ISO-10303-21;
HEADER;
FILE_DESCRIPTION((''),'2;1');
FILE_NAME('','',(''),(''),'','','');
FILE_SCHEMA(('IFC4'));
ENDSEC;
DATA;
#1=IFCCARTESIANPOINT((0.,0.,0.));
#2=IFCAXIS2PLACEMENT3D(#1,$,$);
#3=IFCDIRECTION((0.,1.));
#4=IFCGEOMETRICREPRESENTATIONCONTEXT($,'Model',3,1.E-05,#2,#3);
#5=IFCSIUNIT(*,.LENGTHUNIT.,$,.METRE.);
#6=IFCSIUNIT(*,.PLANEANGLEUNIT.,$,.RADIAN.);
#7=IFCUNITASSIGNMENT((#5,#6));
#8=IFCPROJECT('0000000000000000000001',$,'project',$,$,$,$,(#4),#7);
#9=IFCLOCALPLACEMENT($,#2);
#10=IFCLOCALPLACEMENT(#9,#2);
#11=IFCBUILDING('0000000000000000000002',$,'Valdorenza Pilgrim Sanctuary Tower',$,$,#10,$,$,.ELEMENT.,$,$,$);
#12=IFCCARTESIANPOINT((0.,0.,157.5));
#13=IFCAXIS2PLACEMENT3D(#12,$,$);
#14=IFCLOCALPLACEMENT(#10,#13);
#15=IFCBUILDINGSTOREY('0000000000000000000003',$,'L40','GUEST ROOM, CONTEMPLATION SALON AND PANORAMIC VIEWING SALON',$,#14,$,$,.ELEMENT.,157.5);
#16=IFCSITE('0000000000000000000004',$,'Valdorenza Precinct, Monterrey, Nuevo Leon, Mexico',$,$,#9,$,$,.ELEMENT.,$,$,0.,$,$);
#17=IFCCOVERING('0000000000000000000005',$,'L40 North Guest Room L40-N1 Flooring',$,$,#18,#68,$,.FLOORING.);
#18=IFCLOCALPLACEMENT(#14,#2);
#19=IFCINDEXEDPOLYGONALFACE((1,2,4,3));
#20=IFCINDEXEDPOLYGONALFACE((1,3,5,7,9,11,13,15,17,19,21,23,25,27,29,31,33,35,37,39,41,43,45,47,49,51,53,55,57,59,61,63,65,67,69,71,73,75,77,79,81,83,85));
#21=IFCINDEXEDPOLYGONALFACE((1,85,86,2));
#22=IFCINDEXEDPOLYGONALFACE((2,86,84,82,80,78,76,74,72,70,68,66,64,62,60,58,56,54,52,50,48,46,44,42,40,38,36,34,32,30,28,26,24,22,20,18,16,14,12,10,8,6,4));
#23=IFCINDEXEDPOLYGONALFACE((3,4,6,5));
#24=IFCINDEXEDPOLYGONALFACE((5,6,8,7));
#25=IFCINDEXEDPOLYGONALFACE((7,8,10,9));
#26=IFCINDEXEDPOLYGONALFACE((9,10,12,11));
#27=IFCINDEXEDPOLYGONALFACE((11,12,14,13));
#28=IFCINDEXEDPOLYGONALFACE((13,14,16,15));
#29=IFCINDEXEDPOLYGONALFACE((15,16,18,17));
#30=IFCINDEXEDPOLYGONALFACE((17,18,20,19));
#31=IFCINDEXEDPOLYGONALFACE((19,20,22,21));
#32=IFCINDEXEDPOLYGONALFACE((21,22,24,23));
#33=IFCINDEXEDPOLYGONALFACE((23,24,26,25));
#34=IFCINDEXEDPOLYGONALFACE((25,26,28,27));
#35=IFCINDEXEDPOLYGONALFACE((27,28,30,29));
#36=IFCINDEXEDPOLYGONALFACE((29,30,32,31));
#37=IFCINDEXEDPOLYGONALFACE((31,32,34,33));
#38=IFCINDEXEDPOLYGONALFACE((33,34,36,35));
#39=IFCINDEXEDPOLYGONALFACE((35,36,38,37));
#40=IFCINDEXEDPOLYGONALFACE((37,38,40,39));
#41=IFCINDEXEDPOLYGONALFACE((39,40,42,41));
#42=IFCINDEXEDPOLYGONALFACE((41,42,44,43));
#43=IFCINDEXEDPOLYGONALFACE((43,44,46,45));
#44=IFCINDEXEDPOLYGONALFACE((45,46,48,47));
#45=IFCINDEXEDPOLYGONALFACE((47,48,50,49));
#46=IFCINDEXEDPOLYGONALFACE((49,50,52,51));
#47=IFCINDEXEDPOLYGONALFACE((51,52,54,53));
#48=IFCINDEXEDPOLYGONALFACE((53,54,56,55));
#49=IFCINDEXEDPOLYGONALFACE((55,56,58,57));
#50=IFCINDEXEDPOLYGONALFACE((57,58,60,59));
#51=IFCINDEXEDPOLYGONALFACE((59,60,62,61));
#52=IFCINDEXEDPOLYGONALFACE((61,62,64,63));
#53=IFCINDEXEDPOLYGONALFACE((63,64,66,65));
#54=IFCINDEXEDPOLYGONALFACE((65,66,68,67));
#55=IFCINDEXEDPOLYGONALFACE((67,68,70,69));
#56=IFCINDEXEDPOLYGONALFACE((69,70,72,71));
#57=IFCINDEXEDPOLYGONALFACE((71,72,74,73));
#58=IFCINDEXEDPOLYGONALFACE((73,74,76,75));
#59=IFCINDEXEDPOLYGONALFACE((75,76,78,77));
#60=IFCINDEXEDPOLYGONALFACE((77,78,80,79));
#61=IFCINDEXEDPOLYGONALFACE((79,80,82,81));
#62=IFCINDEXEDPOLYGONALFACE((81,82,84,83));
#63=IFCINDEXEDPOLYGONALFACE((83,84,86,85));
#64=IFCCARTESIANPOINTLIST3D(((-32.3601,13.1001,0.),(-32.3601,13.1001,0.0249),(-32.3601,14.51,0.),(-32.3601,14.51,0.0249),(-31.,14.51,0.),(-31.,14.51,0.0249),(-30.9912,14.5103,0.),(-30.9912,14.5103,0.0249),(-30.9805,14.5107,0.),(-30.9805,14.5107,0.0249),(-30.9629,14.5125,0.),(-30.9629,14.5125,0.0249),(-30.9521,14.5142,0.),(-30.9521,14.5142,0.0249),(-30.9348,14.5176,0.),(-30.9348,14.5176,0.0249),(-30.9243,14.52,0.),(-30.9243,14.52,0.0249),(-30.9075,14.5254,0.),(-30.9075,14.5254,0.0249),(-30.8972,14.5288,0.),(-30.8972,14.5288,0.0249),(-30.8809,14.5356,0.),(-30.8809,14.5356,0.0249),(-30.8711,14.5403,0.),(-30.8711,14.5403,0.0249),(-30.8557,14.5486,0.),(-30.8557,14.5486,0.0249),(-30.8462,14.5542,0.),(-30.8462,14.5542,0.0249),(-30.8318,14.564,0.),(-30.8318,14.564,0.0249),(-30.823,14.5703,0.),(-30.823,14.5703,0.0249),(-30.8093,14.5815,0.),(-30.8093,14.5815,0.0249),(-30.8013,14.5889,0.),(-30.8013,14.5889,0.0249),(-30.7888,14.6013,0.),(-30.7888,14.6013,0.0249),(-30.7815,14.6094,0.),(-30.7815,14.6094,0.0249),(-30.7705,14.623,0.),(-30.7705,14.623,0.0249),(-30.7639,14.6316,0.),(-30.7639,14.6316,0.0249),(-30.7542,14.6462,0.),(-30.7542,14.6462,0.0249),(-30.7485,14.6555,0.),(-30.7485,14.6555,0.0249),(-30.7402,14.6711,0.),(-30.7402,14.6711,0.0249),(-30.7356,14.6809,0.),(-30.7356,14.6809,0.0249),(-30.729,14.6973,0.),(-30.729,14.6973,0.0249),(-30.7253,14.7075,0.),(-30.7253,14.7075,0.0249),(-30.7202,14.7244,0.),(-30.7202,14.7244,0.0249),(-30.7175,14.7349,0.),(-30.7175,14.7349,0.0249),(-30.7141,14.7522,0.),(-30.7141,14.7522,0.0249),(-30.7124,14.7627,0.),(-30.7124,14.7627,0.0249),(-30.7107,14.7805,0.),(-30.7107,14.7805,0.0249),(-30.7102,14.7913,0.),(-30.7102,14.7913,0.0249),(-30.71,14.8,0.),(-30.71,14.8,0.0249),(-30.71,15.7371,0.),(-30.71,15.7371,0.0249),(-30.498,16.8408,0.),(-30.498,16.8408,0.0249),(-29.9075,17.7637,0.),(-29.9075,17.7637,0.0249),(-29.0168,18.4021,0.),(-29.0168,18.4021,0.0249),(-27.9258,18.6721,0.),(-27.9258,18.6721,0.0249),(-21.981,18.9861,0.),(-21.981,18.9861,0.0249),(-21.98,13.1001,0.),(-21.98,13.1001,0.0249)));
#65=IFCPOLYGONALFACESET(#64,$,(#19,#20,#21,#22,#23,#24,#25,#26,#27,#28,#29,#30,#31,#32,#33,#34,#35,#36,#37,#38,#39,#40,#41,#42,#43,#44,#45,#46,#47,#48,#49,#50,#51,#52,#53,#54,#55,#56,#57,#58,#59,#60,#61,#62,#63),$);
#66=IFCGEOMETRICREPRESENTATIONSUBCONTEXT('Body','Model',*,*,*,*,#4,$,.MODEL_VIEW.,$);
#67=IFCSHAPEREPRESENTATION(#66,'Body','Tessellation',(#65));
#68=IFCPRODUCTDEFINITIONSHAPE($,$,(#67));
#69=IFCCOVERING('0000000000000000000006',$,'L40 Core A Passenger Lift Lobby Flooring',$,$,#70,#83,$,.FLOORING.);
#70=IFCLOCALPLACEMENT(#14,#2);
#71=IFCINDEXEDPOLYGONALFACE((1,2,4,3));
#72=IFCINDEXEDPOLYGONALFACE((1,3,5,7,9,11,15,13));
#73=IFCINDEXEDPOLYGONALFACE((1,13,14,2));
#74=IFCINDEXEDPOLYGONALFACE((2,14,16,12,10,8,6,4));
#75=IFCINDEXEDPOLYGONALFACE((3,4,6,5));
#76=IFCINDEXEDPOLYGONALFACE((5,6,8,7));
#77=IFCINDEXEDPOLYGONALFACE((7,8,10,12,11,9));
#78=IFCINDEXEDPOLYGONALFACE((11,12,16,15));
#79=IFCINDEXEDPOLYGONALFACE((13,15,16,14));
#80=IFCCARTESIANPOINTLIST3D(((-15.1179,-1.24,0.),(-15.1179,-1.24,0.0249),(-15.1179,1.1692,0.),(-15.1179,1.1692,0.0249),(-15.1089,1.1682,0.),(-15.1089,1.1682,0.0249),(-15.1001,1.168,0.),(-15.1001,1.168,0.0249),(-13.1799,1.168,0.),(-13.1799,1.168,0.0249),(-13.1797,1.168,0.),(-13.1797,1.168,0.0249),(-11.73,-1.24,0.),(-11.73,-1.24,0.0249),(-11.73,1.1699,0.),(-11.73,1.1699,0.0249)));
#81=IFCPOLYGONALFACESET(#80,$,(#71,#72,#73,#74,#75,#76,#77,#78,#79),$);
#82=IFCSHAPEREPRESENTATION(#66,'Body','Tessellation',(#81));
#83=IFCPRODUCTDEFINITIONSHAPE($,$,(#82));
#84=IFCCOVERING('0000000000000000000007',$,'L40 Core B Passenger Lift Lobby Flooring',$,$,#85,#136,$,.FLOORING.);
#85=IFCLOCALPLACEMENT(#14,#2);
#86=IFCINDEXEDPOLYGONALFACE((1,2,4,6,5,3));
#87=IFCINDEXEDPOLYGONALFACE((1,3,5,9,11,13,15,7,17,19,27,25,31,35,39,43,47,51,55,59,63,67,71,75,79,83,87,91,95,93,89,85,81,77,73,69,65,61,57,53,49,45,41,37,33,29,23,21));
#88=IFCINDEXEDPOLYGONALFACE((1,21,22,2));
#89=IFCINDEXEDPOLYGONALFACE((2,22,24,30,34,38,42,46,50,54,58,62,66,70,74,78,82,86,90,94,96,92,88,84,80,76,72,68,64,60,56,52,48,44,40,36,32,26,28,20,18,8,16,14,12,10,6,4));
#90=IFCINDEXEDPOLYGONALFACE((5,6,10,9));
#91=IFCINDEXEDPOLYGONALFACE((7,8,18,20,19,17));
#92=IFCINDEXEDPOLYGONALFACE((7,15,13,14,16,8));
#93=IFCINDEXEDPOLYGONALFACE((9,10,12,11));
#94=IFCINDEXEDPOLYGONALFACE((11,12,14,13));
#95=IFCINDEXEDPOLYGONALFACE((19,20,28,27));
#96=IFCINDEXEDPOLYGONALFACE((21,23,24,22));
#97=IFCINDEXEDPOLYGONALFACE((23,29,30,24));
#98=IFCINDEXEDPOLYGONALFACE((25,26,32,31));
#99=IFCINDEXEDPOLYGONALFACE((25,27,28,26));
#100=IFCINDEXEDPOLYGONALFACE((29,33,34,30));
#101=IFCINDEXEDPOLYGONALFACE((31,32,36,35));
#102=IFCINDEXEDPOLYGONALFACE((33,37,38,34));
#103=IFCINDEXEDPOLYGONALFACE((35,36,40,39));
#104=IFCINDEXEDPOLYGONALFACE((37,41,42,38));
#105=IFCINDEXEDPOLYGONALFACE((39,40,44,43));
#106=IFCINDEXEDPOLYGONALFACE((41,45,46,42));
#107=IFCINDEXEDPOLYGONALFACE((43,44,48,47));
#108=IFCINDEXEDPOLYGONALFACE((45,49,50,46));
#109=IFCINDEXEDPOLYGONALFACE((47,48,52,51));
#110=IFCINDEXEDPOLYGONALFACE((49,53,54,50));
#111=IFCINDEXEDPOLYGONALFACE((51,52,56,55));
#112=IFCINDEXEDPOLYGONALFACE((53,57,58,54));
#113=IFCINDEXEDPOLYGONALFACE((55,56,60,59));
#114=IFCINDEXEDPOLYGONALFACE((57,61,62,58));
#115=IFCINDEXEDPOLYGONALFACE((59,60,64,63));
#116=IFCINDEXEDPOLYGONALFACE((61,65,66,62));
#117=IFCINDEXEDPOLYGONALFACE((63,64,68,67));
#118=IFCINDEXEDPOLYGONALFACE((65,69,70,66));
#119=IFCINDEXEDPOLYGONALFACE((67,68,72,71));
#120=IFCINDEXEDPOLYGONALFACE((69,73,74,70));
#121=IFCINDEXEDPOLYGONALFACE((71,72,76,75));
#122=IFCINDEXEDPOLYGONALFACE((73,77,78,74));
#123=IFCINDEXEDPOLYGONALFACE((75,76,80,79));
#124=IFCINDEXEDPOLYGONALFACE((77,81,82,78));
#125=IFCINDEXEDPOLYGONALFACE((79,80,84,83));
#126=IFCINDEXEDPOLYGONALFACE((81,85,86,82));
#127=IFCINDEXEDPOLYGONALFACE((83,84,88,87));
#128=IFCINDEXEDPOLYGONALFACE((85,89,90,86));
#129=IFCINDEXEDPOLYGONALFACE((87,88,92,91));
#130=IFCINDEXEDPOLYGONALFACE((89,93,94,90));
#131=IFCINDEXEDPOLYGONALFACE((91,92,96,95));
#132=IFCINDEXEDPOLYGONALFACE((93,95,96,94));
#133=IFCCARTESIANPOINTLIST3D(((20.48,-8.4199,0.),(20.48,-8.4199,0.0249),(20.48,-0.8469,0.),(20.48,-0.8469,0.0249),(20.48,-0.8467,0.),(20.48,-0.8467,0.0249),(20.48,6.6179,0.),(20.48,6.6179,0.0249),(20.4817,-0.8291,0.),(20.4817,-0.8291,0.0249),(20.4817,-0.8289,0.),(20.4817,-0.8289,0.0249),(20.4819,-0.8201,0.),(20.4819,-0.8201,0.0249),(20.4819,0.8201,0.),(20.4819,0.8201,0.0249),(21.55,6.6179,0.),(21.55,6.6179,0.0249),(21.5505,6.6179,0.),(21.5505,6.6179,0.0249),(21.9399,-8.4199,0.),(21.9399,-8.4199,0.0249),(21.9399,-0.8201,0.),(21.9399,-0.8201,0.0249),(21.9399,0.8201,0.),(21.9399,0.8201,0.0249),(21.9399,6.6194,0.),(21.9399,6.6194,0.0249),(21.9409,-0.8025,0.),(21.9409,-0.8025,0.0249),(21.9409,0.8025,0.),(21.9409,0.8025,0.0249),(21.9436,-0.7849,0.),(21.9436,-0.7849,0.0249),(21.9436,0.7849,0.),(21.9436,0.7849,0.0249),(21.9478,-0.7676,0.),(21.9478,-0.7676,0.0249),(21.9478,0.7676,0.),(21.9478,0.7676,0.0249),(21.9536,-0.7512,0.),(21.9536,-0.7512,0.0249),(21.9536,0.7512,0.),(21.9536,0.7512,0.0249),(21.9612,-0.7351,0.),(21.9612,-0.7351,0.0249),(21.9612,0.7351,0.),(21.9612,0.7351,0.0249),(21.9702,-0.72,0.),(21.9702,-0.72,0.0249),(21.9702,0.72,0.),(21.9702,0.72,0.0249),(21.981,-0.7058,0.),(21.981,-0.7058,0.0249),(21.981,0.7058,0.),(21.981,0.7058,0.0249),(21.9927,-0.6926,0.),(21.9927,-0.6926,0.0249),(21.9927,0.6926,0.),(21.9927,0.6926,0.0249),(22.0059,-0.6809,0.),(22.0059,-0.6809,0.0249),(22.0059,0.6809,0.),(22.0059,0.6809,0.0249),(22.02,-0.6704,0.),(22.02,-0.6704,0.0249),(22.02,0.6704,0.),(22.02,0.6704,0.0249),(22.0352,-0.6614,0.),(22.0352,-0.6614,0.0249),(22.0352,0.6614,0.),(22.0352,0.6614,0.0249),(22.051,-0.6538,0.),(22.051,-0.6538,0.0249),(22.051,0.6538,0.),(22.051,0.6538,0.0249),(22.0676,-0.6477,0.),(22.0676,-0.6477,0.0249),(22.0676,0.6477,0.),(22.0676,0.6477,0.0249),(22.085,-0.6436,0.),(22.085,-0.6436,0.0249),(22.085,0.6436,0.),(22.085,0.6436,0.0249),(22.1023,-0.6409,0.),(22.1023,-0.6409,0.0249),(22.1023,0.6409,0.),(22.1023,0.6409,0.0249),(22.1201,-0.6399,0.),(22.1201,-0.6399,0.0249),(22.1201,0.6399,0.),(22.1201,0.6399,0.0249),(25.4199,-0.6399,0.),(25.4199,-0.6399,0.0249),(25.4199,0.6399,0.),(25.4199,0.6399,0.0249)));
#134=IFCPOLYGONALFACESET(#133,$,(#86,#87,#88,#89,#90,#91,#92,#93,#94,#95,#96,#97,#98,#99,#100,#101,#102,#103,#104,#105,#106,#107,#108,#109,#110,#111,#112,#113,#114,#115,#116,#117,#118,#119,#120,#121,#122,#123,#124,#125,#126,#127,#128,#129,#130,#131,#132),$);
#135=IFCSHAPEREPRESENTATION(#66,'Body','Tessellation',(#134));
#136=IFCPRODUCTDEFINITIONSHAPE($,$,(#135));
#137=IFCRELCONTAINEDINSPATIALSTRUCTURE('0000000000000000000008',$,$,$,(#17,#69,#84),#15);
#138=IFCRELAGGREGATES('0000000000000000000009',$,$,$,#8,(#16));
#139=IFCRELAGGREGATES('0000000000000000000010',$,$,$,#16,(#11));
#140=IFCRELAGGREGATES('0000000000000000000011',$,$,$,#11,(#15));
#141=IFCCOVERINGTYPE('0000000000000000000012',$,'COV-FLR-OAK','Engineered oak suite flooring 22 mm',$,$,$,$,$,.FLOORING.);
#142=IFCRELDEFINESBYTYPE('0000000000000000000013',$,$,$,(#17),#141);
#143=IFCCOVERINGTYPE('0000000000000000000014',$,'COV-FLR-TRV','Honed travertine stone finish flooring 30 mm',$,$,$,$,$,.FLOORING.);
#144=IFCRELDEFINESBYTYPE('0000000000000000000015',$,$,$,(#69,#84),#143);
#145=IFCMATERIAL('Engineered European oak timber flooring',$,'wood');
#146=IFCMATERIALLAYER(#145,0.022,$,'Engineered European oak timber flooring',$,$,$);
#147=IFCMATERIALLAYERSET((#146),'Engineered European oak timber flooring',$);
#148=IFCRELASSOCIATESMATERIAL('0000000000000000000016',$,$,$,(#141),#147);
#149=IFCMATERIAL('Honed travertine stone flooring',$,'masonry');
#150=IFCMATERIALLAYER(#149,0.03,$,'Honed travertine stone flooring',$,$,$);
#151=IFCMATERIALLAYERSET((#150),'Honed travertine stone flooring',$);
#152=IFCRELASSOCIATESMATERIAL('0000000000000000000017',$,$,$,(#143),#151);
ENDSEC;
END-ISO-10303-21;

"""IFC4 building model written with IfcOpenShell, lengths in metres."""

from ifc_helpers import new_model, si_unit, direction, frame, origin, place, context, subcontext, project, spatial, polyline, outline, extrude, material, layer, layer_set, type_object, element, save


model = new_model("IFC4")

# Units and contexts
model_context = context("Model", 3, precision=1e-05, world=origin(), true_north=direction((0.0, 1.0)))
body_context = subcontext(model_context, "Body", "Model", "MODEL_VIEW")
ifc_project = project(units=[si_unit("LENGTHUNIT", "METRE"), si_unit("PLANEANGLEUNIT", "RADIAN")], contexts=[model_context])

# Site, building, storey
site_placement = place(None, origin())
site = spatial("IfcSite", under=ifc_project, at=site_placement, Name="Valdorenza Precinct, Monterrey, Nuevo Leon, Mexico", CompositionType="ELEMENT", RefElevation=0.0)
building_placement = place(site_placement, origin())
building = spatial("IfcBuilding", under=site, at=building_placement, Name="Valdorenza Pilgrim Sanctuary Tower", CompositionType="ELEMENT")
storey_placement = place(building_placement, frame((0.0, 0.0, 157.5)))
storey = spatial("IfcBuildingStorey", under=building, at=storey_placement, Name="L40", Description="GUEST ROOM, CONTEMPLATION SALON AND PANORAMIC VIEWING SALON", CompositionType="ELEMENT", Elevation=157.5)

# Coverings
ifc_material_1 = material(Name="Engineered European oak timber flooring", Category="wood")
ifc_layer_1 = layer(ifc_material_1, 0.022, Name="Engineered European oak timber flooring")
ifc_layer_set_1 = layer_set([ifc_layer_1], Name="Engineered European oak timber flooring")
covering_type_1 = type_object("IfcCoveringType", Name="COV-FLR-OAK", Description="Engineered oak suite flooring 22 mm", PredefinedType="FLOORING", material=ifc_layer_set_1)
covering_1_placement = place(storey_placement, origin())
element("IfcCovering", 1, at=covering_1_placement, inside=storey, type_object=covering_type_1, Name="L40 North Guest Room L40-N1 Flooring", PredefinedType="FLOORING", context=body_context, shape_type="SweptSolid", body=[
    extrude(outline(polyline([(-31.0, 14.51), (-30.9912, 14.5103), (-30.9805, 14.5107), (-30.9629, 14.5125), (-30.9521, 14.5142), (-30.9348, 14.5176), (-30.9243, 14.52), (-30.9075, 14.5254), (-30.8972, 14.5288), (-30.8809, 14.5356), (-30.8711, 14.5403), (-30.8557, 14.5486), (-30.8462, 14.5542), (-30.8318, 14.564), (-30.823, 14.5703), (-30.8093, 14.5815), (-30.8013, 14.5889), (-30.7888, 14.6013), (-30.7815, 14.6094), (-30.7705, 14.623), (-30.7639, 14.6316), (-30.7542, 14.6462), (-30.7485, 14.6555), (-30.7402, 14.6711), (-30.7356, 14.6809), (-30.729, 14.6973), (-30.7253, 14.7075), (-30.7202, 14.7244), (-30.7175, 14.7349), (-30.7141, 14.7522), (-30.7124, 14.7627), (-30.7107, 14.7805), (-30.7102, 14.7913), (-30.71, 14.8), (-30.71, 15.7371), (-30.498, 16.8408), (-29.9075, 17.7637), (-29.0168, 18.4021), (-27.9258, 18.6721), (-21.981, 18.9861), (-21.98, 13.1001), (-32.3601, 13.1001), (-32.3601, 14.51), (-31.0, 14.51)])), origin(), (0.0, 0.0, 1.0), 0.0249),
])
ifc_material_2 = material(Name="Honed travertine stone flooring", Category="masonry")
ifc_layer_2 = layer(ifc_material_2, 0.03, Name="Honed travertine stone flooring")
ifc_layer_set_2 = layer_set([ifc_layer_2], Name="Honed travertine stone flooring")
covering_type_2 = type_object("IfcCoveringType", Name="COV-FLR-TRV", Description="Honed travertine stone finish flooring 30 mm", PredefinedType="FLOORING", material=ifc_layer_set_2)
covering_2_placement = place(storey_placement, origin())
element("IfcCovering", 2, at=covering_2_placement, inside=storey, type_object=covering_type_2, Name="L40 Core A Passenger Lift Lobby Flooring", PredefinedType="FLOORING", context=body_context, shape_type="SweptSolid", body=[
    extrude(outline(polyline([(-15.1179, 1.1692), (-15.1089, 1.1682), (-15.1089, 1.1682), (-15.1001, 1.168), (-13.1799, 1.168), (-13.1797, 1.168), (-11.73, 1.1699), (-11.73, -1.24), (-15.1179, -1.24), (-15.1179, 1.1692)])), origin(), (0.0, 0.0, 1.0), 0.0249),
])
covering_3_placement = place(storey_placement, origin())
element("IfcCovering", 3, at=covering_3_placement, inside=storey, type_object=covering_type_2, Name="L40 Core B Passenger Lift Lobby Flooring", PredefinedType="FLOORING", context=body_context, shape_type="SweptSolid", body=[
    extrude(outline(polyline([(20.48, 6.6179), (21.55, 6.6179), (21.5505, 6.6179), (21.9399, 6.6194), (21.9399, 0.8201), (21.9409, 0.8025), (21.9436, 0.7849), (21.9478, 0.7676), (21.9536, 0.7512), (21.9612, 0.7351), (21.9702, 0.72), (21.981, 0.7058), (21.9927, 0.6926), (22.0059, 0.6809), (22.02, 0.6704), (22.0352, 0.6614), (22.051, 0.6538), (22.0676, 0.6477), (22.085, 0.6436), (22.1023, 0.6409), (22.1201, 0.6399), (25.4199, 0.6399), (25.4199, -0.6399), (22.1201, -0.6399), (22.1023, -0.6409), (22.085, -0.6436), (22.0676, -0.6477), (22.051, -0.6538), (22.0352, -0.6614), (22.02, -0.6704), (22.0059, -0.6809), (21.9927, -0.6926), (21.981, -0.7058), (21.9702, -0.72), (21.9612, -0.7351), (21.9536, -0.7512), (21.9478, -0.7676), (21.9436, -0.7849), (21.9409, -0.8025), (21.9399, -0.8201), (21.9399, -8.4199), (20.48, -8.4199), (20.48, -0.8469), (20.48, -0.8467), (20.48, -0.8467), (20.4817, -0.8291), (20.4817, -0.8289), (20.4819, -0.8201), (20.4819, 0.8201), (20.48, 6.6179)])), origin(), (0.0, 0.0, 1.0), 0.0249),
])

save(model, "model.ifc")
